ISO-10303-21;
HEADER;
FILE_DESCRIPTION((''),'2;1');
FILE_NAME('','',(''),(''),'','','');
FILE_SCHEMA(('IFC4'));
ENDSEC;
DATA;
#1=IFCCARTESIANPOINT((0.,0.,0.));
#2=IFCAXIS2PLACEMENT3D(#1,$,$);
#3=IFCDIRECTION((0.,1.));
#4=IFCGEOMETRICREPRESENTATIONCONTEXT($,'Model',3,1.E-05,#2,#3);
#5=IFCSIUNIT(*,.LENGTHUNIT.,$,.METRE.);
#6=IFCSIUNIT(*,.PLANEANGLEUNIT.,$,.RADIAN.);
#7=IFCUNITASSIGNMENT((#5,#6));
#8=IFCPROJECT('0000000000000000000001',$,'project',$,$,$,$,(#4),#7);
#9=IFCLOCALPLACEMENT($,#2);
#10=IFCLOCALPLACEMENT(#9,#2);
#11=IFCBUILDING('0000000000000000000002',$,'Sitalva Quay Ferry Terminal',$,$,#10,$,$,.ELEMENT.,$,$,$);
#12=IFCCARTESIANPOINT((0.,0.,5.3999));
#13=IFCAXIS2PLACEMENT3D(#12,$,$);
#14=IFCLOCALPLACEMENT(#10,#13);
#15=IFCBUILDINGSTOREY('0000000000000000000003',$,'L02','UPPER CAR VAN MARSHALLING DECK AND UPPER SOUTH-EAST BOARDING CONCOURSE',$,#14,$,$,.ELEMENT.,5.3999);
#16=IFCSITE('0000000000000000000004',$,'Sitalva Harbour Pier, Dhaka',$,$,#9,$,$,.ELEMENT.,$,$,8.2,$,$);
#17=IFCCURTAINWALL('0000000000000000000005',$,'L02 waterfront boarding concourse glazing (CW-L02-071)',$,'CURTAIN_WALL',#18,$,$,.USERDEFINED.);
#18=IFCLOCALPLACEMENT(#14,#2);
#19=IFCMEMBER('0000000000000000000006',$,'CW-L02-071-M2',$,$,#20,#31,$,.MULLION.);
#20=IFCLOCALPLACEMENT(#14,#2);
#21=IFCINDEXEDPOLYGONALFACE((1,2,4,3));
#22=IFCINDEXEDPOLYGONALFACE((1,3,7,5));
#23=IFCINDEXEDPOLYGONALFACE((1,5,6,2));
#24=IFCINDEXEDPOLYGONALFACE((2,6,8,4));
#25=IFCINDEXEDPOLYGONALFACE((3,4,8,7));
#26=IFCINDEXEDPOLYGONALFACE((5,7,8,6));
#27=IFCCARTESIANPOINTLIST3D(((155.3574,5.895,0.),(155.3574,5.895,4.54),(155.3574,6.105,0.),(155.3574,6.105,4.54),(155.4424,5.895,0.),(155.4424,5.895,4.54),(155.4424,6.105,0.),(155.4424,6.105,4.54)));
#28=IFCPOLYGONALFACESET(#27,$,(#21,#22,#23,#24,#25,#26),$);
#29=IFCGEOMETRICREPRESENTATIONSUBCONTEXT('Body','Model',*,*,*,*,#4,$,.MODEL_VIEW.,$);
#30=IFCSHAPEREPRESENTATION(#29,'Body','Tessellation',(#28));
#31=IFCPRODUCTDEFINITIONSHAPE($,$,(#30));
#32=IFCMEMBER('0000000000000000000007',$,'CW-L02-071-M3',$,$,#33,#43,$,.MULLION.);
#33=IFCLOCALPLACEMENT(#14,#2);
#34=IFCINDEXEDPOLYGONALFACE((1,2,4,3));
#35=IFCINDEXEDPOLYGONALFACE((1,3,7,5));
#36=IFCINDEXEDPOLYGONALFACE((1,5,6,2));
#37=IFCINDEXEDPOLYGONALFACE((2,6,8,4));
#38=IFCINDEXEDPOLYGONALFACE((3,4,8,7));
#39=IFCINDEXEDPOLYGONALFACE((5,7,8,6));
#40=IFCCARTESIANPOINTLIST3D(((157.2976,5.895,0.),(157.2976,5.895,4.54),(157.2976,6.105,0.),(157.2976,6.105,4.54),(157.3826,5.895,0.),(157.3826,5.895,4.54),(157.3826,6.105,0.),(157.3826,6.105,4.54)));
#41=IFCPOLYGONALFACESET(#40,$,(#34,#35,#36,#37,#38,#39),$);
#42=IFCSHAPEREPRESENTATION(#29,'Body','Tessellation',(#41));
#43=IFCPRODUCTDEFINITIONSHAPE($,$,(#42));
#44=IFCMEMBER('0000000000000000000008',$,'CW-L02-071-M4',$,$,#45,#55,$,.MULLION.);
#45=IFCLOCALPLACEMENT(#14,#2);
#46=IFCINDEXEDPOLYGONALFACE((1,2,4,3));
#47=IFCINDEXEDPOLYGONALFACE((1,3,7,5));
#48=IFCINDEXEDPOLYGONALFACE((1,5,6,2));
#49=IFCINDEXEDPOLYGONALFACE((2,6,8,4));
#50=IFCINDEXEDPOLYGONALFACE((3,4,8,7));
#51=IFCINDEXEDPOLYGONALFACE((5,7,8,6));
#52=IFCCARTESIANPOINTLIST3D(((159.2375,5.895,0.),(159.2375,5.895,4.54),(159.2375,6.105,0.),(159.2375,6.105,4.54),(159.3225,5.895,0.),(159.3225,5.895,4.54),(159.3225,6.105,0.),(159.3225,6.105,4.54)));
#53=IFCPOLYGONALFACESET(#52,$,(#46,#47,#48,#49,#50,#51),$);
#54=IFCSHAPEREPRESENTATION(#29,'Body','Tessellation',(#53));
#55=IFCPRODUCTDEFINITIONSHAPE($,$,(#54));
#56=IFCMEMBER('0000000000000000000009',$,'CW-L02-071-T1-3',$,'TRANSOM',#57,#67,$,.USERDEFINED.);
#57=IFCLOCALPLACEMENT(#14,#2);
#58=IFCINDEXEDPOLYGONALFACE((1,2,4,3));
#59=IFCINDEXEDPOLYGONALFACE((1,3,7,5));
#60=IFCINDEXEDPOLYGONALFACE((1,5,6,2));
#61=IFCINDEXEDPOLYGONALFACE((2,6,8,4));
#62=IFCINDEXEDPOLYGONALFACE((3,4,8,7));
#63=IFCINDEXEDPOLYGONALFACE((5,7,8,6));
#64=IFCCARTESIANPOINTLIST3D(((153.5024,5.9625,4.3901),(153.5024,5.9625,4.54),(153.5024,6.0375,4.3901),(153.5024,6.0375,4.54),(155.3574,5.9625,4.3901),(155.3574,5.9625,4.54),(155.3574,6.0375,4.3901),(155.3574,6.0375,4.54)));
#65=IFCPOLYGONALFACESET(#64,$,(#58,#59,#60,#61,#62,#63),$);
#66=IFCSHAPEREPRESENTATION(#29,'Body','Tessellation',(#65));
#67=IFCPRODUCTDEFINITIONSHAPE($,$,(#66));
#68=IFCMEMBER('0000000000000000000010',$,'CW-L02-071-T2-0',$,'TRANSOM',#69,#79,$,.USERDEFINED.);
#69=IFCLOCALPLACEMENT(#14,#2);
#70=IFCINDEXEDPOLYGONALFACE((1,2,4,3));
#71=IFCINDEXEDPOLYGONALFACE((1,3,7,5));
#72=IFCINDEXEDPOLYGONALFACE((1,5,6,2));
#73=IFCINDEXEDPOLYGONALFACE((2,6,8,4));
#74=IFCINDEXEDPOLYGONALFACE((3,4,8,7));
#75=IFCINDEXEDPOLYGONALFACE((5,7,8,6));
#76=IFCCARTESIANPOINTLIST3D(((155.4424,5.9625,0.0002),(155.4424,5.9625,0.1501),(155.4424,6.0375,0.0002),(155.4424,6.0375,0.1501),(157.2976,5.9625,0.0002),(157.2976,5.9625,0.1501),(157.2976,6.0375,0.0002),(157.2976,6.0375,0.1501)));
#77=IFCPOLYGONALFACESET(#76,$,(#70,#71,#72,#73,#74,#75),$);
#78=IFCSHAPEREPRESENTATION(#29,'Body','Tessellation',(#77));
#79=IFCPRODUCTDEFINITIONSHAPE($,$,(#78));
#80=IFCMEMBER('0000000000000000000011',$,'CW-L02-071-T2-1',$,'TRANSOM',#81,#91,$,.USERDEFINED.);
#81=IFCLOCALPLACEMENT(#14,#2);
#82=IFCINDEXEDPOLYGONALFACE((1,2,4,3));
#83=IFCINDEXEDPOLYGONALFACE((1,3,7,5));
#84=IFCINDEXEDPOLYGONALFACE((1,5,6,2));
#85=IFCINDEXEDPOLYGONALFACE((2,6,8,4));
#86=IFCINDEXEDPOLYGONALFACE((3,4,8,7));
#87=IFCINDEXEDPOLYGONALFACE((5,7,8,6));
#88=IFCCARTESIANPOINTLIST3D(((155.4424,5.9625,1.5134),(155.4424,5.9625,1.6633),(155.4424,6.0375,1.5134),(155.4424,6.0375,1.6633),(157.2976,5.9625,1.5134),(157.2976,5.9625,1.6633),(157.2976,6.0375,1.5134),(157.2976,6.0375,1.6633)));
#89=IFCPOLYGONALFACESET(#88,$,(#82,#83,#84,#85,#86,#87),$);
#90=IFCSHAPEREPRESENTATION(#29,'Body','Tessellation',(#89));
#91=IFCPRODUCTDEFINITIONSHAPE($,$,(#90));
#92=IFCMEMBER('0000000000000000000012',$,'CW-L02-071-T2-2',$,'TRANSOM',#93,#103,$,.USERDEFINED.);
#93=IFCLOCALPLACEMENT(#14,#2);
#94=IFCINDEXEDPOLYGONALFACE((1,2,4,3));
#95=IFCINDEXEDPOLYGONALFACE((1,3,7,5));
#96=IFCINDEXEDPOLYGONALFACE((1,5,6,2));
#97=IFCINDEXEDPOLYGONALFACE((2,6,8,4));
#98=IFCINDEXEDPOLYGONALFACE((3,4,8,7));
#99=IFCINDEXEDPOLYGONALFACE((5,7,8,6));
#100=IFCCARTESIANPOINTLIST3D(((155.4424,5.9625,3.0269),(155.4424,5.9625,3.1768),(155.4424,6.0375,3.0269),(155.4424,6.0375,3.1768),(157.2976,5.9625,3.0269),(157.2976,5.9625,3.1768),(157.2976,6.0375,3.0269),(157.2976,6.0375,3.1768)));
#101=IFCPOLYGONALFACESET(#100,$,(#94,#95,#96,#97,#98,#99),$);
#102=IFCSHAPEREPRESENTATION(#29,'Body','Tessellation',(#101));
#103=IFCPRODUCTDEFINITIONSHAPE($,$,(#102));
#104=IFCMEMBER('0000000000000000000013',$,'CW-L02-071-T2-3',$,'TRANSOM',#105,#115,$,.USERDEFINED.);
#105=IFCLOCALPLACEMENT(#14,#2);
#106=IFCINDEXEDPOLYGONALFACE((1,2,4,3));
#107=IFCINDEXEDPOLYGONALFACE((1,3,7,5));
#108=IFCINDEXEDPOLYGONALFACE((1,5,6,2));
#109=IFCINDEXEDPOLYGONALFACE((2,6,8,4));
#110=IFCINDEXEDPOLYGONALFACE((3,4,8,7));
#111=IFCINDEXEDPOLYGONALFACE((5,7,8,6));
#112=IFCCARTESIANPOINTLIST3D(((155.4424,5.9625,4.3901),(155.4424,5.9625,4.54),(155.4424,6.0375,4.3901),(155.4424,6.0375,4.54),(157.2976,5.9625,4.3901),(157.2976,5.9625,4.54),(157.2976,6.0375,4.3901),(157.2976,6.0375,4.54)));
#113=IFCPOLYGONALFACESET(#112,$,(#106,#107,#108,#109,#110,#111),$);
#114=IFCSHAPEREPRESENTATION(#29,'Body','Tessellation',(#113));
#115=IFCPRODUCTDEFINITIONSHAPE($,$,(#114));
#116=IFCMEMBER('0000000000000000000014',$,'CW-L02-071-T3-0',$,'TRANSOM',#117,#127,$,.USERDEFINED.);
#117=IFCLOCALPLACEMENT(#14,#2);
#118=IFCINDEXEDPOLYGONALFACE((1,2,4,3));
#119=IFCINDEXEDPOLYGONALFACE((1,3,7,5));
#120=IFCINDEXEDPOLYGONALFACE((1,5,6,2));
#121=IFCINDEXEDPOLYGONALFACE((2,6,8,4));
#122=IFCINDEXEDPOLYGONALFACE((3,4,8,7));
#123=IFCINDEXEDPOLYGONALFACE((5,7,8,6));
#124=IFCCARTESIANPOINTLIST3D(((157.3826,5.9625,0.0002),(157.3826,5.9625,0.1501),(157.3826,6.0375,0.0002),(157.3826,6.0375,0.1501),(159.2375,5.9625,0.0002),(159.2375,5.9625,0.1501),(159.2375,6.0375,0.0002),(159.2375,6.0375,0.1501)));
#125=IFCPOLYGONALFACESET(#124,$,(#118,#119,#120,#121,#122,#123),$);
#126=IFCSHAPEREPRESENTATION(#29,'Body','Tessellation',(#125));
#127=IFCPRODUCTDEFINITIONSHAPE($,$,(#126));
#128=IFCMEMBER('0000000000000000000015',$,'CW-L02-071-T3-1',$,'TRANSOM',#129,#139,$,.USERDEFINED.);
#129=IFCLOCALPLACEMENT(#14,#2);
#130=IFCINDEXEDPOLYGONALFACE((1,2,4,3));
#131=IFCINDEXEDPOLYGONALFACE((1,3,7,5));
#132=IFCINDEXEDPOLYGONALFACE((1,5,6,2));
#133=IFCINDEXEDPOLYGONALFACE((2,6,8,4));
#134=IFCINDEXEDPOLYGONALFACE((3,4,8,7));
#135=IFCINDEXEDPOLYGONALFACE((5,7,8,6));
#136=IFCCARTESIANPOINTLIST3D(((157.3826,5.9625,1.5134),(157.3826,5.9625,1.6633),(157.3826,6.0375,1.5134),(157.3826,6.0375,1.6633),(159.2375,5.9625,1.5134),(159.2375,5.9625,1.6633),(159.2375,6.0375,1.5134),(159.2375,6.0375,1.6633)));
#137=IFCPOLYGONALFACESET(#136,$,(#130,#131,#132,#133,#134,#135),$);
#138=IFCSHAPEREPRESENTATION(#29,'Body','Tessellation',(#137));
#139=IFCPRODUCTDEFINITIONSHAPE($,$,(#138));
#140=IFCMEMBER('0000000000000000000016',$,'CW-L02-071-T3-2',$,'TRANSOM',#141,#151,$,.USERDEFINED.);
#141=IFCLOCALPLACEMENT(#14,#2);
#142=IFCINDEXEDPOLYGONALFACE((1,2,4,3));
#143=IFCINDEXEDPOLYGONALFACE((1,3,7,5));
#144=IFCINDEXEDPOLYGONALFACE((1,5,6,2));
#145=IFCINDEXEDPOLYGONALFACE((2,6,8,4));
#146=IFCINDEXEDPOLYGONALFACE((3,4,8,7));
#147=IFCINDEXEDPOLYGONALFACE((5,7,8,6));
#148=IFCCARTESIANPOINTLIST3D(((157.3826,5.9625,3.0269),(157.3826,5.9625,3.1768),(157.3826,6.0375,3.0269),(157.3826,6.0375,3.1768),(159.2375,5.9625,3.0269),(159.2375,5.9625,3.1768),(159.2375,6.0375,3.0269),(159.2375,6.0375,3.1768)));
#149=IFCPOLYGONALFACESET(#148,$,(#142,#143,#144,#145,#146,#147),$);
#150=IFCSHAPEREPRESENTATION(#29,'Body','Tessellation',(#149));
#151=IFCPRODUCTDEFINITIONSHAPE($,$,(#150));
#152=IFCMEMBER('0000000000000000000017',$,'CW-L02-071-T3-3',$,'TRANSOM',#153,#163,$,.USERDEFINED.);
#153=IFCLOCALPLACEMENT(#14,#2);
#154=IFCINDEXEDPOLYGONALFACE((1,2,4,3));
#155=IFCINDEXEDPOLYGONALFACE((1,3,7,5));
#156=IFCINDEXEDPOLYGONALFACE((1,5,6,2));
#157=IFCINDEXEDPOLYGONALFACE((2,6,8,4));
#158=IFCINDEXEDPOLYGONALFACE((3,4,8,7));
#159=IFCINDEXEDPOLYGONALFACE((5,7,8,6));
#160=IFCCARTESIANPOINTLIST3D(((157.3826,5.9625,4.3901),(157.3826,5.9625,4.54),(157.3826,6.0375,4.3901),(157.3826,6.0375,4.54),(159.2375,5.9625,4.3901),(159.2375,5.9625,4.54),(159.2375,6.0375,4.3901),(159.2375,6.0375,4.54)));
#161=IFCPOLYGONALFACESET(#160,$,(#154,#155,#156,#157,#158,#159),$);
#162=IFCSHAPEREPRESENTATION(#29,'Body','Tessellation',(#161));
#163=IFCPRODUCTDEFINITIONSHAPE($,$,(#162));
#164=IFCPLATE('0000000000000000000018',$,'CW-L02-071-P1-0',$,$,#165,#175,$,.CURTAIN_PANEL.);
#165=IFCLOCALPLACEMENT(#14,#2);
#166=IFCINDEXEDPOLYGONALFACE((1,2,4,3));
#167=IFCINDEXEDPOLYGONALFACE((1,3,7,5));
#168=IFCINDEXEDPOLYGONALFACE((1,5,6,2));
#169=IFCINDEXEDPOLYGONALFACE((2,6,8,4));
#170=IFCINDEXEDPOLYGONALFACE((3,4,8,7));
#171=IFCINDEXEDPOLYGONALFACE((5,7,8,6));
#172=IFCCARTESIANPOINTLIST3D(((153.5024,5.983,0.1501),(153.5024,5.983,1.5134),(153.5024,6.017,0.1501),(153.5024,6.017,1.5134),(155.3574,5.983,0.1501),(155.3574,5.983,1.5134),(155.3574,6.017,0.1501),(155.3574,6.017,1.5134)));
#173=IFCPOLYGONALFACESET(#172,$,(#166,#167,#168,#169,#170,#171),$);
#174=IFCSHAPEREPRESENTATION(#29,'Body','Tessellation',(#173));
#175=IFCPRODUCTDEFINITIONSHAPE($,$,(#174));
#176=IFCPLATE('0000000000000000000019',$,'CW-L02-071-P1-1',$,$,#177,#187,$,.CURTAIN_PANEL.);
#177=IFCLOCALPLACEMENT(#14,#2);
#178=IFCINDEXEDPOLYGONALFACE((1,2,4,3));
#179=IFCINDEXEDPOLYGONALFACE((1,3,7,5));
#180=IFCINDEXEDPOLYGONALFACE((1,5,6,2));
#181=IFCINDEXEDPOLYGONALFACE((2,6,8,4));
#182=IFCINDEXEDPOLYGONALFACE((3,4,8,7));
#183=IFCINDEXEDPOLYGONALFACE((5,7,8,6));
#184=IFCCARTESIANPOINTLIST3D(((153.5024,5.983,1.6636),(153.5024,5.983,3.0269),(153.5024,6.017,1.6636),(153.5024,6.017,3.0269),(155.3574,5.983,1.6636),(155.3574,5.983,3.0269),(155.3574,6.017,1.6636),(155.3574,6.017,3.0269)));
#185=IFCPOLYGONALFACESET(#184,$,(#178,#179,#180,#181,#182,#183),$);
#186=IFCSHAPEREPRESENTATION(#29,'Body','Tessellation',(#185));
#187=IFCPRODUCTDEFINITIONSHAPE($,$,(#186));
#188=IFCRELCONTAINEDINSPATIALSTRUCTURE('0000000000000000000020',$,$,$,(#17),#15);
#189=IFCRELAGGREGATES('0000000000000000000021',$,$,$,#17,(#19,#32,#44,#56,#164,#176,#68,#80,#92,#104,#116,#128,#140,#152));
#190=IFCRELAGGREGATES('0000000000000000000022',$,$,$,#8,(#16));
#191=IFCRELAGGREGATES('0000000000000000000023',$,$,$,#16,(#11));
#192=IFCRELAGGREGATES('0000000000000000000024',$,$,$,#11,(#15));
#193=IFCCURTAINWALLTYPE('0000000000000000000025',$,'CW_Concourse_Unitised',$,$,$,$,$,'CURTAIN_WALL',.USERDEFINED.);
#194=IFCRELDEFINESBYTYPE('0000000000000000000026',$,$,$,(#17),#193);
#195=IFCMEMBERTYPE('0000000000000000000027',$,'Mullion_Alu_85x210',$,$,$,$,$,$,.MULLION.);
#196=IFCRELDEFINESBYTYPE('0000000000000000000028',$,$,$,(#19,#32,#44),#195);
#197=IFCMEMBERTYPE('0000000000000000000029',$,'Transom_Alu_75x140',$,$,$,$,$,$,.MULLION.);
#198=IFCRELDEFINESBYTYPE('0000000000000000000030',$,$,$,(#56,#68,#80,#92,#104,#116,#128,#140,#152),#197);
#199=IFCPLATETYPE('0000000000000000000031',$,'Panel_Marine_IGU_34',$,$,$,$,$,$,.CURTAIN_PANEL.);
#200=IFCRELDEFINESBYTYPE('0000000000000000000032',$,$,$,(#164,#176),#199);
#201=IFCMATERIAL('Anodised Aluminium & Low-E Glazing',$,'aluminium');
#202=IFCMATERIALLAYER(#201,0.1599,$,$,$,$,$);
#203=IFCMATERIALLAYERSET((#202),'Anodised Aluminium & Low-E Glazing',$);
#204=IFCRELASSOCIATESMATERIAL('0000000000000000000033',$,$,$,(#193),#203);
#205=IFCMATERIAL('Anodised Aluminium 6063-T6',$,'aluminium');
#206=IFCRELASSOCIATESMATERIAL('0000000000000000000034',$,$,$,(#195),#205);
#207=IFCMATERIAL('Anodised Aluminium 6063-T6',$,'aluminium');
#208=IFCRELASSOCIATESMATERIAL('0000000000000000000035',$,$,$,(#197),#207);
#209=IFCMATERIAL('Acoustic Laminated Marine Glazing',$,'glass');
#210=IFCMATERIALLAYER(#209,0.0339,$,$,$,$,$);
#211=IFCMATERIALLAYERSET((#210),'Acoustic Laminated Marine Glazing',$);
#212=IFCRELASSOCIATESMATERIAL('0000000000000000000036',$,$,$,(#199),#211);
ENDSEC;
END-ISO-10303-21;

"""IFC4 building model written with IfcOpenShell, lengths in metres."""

from ifc_helpers import new_model, si_unit, direction, frame, origin, origin_2d, place, context, subcontext, project, spatial, rectangle, extrude, material, layer, layer_set, material_profile, profile_set, type_object, element, aggregate, save


model = new_model("IFC4")

# Units and contexts
model_context = context("Model", 3, precision=1e-05, world=origin(), true_north=direction((0.0, 1.0)))
body_context = subcontext(model_context, "Body", "Model", "MODEL_VIEW")
ifc_project = project(units=[si_unit("LENGTHUNIT", "METRE"), si_unit("PLANEANGLEUNIT", "RADIAN")], contexts=[model_context])

# Site, building, storey
site_placement = place(None, origin())
site = spatial("IfcSite", under=ifc_project, at=site_placement, Name="Sitalva Harbour Pier, Dhaka", CompositionType="ELEMENT", RefElevation=8.2)
building_placement = place(site_placement, origin())
building = spatial("IfcBuilding", under=site, at=building_placement, Name="Sitalva Quay Ferry Terminal", CompositionType="ELEMENT")
storey_placement = place(building_placement, frame((0.0, 0.0, 5.3999)))
storey = spatial("IfcBuildingStorey", under=building, at=storey_placement, Name="L02", Description="UPPER CAR VAN MARSHALLING DECK AND UPPER SOUTH-EAST BOARDING CONCOURSE", CompositionType="ELEMENT", Elevation=5.3999)

# Curtain wall, members, plates
ifc_material_1 = material(Name="Anodised Aluminium & Low-E Glazing", Category="aluminium")
ifc_layer_1 = layer(ifc_material_1, 0.1599)
ifc_layer_set_1 = layer_set([ifc_layer_1], Name="Anodised Aluminium & Low-E Glazing")
curtain_wall_type = type_object("IfcCurtainWallType", Name="CW_Concourse_Unitised", ElementType="CURTAIN_WALL", PredefinedType="USERDEFINED", material=ifc_layer_set_1)
curtain_wall_placement = place(storey_placement, origin())
curtain_wall = element("IfcCurtainWall", 1, at=curtain_wall_placement, inside=storey, type_object=curtain_wall_type, Name="L02 waterfront boarding concourse glazing (CW-L02-071)", ObjectType="CURTAIN_WALL", PredefinedType="USERDEFINED")
ifc_material_2 = material(Name="Anodised Aluminium 6063-T6", Category="aluminium")
ifc_material_profile_1 = material_profile(ifc_material_2, rectangle(XDim=0.085, YDim=0.21, at=origin_2d()), Name="ALU85x210")
ifc_profile_set_1 = profile_set([ifc_material_profile_1], Name="Anodised Aluminium 6063-T6")
member_type_1 = type_object("IfcMemberType", Name="Mullion_Alu_85x210", PredefinedType="MULLION", material=ifc_profile_set_1)
member_1_placement = place(storey_placement, frame((155.3999, 6.0, 0.0), z_axis=(0.0, 0.0, 1.0), x_axis=(1.0, 0.0, 0.0)))
member_1 = element("IfcMember", 2, at=member_1_placement, type_object=member_type_1, Name="CW-L02-071-M2", PredefinedType="MULLION", context=body_context, shape_type="SweptSolid", body=[
    extrude(rectangle(XDim=0.085, YDim=0.21, at=origin_2d()), origin(), (0.0, 0.0, 1.0), 4.54),
])
member_2_placement = place(storey_placement, frame((157.3401, 6.0, 0.0), z_axis=(0.0, 0.0, 1.0), x_axis=(1.0, 0.0, 0.0)))
member_2 = element("IfcMember", 3, at=member_2_placement, type_object=member_type_1, Name="CW-L02-071-M3", PredefinedType="MULLION", context=body_context, shape_type="SweptSolid", body=[
    extrude(rectangle(XDim=0.085, YDim=0.21, at=origin_2d()), origin(), (0.0, 0.0, 1.0), 4.54),
])
member_3_placement = place(storey_placement, frame((159.28, 6.0, 0.0), z_axis=(0.0, 0.0, 1.0), x_axis=(1.0, 0.0, 0.0)))
member_3 = element("IfcMember", 4, at=member_3_placement, type_object=member_type_1, Name="CW-L02-071-M4", PredefinedType="MULLION", context=body_context, shape_type="SweptSolid", body=[
    extrude(rectangle(XDim=0.085, YDim=0.21, at=origin_2d()), origin(), (0.0, 0.0, 1.0), 4.54),
])
ifc_material_3 = material(Name="Anodised Aluminium 6063-T6", Category="aluminium")
ifc_material_profile_2 = material_profile(ifc_material_3, rectangle(XDim=0.075, YDim=0.1499, at=origin_2d()), Name="ALU75x150")
ifc_profile_set_2 = profile_set([ifc_material_profile_2], Name="Anodised Aluminium 6063-T6")
member_type_2 = type_object("IfcMemberType", Name="Transom_Alu_75x140", PredefinedType="MULLION", material=ifc_profile_set_2)
member_4_placement = place(storey_placement, frame((153.5024, 6.0, 4.4651), z_axis=(1.0, 0.0, 0.0), x_axis=(0.0, 1.0, 0.0)))
member_4 = element("IfcMember", 5, at=member_4_placement, type_object=member_type_2, Name="CW-L02-071-T1-3", ObjectType="TRANSOM", PredefinedType="USERDEFINED", context=body_context, shape_type="SweptSolid", body=[
    extrude(rectangle(XDim=0.075, YDim=0.1499, at=origin_2d()), origin(), (0.0, 0.0, 1.0), 1.855),
])
member_5_placement = place(storey_placement, frame((155.4424, 6.0, 0.0752), z_axis=(1.0, 0.0, 0.0), x_axis=(0.0, 1.0, 0.0)))
member_5 = element("IfcMember", 6, at=member_5_placement, type_object=member_type_2, Name="CW-L02-071-T2-0", ObjectType="TRANSOM", PredefinedType="USERDEFINED", context=body_context, shape_type="SweptSolid", body=[
    extrude(rectangle(XDim=0.075, YDim=0.1499, at=origin_2d()), origin(), (0.0, 0.0, 1.0), 1.8552),
])
member_6_placement = place(storey_placement, frame((155.4424, 6.0, 1.5884), z_axis=(1.0, 0.0, 0.0), x_axis=(0.0, 1.0, 0.0)))
member_6 = element("IfcMember", 7, at=member_6_placement, type_object=member_type_2, Name="CW-L02-071-T2-1", ObjectType="TRANSOM", PredefinedType="USERDEFINED", context=body_context, shape_type="SweptSolid", body=[
    extrude(rectangle(XDim=0.075, YDim=0.1499, at=origin_2d()), origin(), (0.0, 0.0, 1.0), 1.8552),
])
member_7_placement = place(storey_placement, frame((155.4424, 6.0, 3.1018), z_axis=(1.0, 0.0, 0.0), x_axis=(0.0, 1.0, 0.0)))
member_7 = element("IfcMember", 8, at=member_7_placement, type_object=member_type_2, Name="CW-L02-071-T2-2", ObjectType="TRANSOM", PredefinedType="USERDEFINED", context=body_context, shape_type="SweptSolid", body=[
    extrude(rectangle(XDim=0.075, YDim=0.1499, at=origin_2d()), origin(), (0.0, 0.0, 1.0), 1.8552),
])
member_8_placement = place(storey_placement, frame((155.4424, 6.0, 4.4651), z_axis=(1.0, 0.0, 0.0), x_axis=(0.0, 1.0, 0.0)))
member_8 = element("IfcMember", 9, at=member_8_placement, type_object=member_type_2, Name="CW-L02-071-T2-3", ObjectType="TRANSOM", PredefinedType="USERDEFINED", context=body_context, shape_type="SweptSolid", body=[
    extrude(rectangle(XDim=0.075, YDim=0.1499, at=origin_2d()), origin(), (0.0, 0.0, 1.0), 1.8552),
])
member_9_placement = place(storey_placement, frame((157.3826, 6.0, 0.0752), z_axis=(1.0, 0.0, 0.0), x_axis=(0.0, 1.0, 0.0)))
member_9 = element("IfcMember", 10, at=member_9_placement, type_object=member_type_2, Name="CW-L02-071-T3-0", ObjectType="TRANSOM", PredefinedType="USERDEFINED", context=body_context, shape_type="SweptSolid", body=[
    extrude(rectangle(XDim=0.075, YDim=0.1499, at=origin_2d()), origin(), (0.0, 0.0, 1.0), 1.855),
])
member_10_placement = place(storey_placement, frame((157.3826, 6.0, 1.5884), z_axis=(1.0, 0.0, 0.0), x_axis=(0.0, 1.0, 0.0)))
member_10 = element("IfcMember", 11, at=member_10_placement, type_object=member_type_2, Name="CW-L02-071-T3-1", ObjectType="TRANSOM", PredefinedType="USERDEFINED", context=body_context, shape_type="SweptSolid", body=[
    extrude(rectangle(XDim=0.075, YDim=0.1499, at=origin_2d()), origin(), (0.0, 0.0, 1.0), 1.855),
])
member_11_placement = place(storey_placement, frame((157.3826, 6.0, 3.1018), z_axis=(1.0, 0.0, 0.0), x_axis=(0.0, 1.0, 0.0)))
member_11 = element("IfcMember", 12, at=member_11_placement, type_object=member_type_2, Name="CW-L02-071-T3-2", ObjectType="TRANSOM", PredefinedType="USERDEFINED", context=body_context, shape_type="SweptSolid", body=[
    extrude(rectangle(XDim=0.075, YDim=0.1499, at=origin_2d()), origin(), (0.0, 0.0, 1.0), 1.855),
])
member_12_placement = place(storey_placement, frame((157.3826, 6.0, 4.4651), z_axis=(1.0, 0.0, 0.0), x_axis=(0.0, 1.0, 0.0)))
member_12 = element("IfcMember", 13, at=member_12_placement, type_object=member_type_2, Name="CW-L02-071-T3-3", ObjectType="TRANSOM", PredefinedType="USERDEFINED", context=body_context, shape_type="SweptSolid", body=[
    extrude(rectangle(XDim=0.075, YDim=0.1499, at=origin_2d()), origin(), (0.0, 0.0, 1.0), 1.855),
])
ifc_material_4 = material(Name="Acoustic Laminated Marine Glazing", Category="glass")
ifc_layer_2 = layer(ifc_material_4, 0.0339)
ifc_layer_set_2 = layer_set([ifc_layer_2], Name="Acoustic Laminated Marine Glazing")
plate_type = type_object("IfcPlateType", Name="Panel_Marine_IGU_34", PredefinedType="CURTAIN_PANEL", material=ifc_layer_set_2)
plate_1_placement = place(storey_placement, frame((154.4299, 6.0, 0.1501), z_axis=(0.0, 0.0, 1.0), x_axis=(1.0, 0.0, 0.0)))
plate_1 = element("IfcPlate", 14, at=plate_1_placement, type_object=plate_type, Name="CW-L02-071-P1-0", PredefinedType="CURTAIN_PANEL", context=body_context, shape_type="SweptSolid", body=[
    extrude(rectangle(XDim=1.855, YDim=0.0339, at=origin_2d()), origin(), (0.0, 0.0, 1.0), 1.3633),
])
plate_2_placement = place(storey_placement, frame((154.4299, 6.0, 1.6636), z_axis=(0.0, 0.0, 1.0), x_axis=(1.0, 0.0, 0.0)))
plate_2 = element("IfcPlate", 15, at=plate_2_placement, type_object=plate_type, Name="CW-L02-071-P1-1", PredefinedType="CURTAIN_PANEL", context=body_context, shape_type="SweptSolid", body=[
    extrude(rectangle(XDim=1.855, YDim=0.0339, at=origin_2d()), origin(), (0.0, 0.0, 1.0), 1.3633),
])
aggregate(curtain_wall, [member_1, member_2, member_3, member_4, plate_1, plate_2, member_5, member_6, member_7, member_8, member_9, member_10, member_11, member_12])

save(model, "model.ifc")
